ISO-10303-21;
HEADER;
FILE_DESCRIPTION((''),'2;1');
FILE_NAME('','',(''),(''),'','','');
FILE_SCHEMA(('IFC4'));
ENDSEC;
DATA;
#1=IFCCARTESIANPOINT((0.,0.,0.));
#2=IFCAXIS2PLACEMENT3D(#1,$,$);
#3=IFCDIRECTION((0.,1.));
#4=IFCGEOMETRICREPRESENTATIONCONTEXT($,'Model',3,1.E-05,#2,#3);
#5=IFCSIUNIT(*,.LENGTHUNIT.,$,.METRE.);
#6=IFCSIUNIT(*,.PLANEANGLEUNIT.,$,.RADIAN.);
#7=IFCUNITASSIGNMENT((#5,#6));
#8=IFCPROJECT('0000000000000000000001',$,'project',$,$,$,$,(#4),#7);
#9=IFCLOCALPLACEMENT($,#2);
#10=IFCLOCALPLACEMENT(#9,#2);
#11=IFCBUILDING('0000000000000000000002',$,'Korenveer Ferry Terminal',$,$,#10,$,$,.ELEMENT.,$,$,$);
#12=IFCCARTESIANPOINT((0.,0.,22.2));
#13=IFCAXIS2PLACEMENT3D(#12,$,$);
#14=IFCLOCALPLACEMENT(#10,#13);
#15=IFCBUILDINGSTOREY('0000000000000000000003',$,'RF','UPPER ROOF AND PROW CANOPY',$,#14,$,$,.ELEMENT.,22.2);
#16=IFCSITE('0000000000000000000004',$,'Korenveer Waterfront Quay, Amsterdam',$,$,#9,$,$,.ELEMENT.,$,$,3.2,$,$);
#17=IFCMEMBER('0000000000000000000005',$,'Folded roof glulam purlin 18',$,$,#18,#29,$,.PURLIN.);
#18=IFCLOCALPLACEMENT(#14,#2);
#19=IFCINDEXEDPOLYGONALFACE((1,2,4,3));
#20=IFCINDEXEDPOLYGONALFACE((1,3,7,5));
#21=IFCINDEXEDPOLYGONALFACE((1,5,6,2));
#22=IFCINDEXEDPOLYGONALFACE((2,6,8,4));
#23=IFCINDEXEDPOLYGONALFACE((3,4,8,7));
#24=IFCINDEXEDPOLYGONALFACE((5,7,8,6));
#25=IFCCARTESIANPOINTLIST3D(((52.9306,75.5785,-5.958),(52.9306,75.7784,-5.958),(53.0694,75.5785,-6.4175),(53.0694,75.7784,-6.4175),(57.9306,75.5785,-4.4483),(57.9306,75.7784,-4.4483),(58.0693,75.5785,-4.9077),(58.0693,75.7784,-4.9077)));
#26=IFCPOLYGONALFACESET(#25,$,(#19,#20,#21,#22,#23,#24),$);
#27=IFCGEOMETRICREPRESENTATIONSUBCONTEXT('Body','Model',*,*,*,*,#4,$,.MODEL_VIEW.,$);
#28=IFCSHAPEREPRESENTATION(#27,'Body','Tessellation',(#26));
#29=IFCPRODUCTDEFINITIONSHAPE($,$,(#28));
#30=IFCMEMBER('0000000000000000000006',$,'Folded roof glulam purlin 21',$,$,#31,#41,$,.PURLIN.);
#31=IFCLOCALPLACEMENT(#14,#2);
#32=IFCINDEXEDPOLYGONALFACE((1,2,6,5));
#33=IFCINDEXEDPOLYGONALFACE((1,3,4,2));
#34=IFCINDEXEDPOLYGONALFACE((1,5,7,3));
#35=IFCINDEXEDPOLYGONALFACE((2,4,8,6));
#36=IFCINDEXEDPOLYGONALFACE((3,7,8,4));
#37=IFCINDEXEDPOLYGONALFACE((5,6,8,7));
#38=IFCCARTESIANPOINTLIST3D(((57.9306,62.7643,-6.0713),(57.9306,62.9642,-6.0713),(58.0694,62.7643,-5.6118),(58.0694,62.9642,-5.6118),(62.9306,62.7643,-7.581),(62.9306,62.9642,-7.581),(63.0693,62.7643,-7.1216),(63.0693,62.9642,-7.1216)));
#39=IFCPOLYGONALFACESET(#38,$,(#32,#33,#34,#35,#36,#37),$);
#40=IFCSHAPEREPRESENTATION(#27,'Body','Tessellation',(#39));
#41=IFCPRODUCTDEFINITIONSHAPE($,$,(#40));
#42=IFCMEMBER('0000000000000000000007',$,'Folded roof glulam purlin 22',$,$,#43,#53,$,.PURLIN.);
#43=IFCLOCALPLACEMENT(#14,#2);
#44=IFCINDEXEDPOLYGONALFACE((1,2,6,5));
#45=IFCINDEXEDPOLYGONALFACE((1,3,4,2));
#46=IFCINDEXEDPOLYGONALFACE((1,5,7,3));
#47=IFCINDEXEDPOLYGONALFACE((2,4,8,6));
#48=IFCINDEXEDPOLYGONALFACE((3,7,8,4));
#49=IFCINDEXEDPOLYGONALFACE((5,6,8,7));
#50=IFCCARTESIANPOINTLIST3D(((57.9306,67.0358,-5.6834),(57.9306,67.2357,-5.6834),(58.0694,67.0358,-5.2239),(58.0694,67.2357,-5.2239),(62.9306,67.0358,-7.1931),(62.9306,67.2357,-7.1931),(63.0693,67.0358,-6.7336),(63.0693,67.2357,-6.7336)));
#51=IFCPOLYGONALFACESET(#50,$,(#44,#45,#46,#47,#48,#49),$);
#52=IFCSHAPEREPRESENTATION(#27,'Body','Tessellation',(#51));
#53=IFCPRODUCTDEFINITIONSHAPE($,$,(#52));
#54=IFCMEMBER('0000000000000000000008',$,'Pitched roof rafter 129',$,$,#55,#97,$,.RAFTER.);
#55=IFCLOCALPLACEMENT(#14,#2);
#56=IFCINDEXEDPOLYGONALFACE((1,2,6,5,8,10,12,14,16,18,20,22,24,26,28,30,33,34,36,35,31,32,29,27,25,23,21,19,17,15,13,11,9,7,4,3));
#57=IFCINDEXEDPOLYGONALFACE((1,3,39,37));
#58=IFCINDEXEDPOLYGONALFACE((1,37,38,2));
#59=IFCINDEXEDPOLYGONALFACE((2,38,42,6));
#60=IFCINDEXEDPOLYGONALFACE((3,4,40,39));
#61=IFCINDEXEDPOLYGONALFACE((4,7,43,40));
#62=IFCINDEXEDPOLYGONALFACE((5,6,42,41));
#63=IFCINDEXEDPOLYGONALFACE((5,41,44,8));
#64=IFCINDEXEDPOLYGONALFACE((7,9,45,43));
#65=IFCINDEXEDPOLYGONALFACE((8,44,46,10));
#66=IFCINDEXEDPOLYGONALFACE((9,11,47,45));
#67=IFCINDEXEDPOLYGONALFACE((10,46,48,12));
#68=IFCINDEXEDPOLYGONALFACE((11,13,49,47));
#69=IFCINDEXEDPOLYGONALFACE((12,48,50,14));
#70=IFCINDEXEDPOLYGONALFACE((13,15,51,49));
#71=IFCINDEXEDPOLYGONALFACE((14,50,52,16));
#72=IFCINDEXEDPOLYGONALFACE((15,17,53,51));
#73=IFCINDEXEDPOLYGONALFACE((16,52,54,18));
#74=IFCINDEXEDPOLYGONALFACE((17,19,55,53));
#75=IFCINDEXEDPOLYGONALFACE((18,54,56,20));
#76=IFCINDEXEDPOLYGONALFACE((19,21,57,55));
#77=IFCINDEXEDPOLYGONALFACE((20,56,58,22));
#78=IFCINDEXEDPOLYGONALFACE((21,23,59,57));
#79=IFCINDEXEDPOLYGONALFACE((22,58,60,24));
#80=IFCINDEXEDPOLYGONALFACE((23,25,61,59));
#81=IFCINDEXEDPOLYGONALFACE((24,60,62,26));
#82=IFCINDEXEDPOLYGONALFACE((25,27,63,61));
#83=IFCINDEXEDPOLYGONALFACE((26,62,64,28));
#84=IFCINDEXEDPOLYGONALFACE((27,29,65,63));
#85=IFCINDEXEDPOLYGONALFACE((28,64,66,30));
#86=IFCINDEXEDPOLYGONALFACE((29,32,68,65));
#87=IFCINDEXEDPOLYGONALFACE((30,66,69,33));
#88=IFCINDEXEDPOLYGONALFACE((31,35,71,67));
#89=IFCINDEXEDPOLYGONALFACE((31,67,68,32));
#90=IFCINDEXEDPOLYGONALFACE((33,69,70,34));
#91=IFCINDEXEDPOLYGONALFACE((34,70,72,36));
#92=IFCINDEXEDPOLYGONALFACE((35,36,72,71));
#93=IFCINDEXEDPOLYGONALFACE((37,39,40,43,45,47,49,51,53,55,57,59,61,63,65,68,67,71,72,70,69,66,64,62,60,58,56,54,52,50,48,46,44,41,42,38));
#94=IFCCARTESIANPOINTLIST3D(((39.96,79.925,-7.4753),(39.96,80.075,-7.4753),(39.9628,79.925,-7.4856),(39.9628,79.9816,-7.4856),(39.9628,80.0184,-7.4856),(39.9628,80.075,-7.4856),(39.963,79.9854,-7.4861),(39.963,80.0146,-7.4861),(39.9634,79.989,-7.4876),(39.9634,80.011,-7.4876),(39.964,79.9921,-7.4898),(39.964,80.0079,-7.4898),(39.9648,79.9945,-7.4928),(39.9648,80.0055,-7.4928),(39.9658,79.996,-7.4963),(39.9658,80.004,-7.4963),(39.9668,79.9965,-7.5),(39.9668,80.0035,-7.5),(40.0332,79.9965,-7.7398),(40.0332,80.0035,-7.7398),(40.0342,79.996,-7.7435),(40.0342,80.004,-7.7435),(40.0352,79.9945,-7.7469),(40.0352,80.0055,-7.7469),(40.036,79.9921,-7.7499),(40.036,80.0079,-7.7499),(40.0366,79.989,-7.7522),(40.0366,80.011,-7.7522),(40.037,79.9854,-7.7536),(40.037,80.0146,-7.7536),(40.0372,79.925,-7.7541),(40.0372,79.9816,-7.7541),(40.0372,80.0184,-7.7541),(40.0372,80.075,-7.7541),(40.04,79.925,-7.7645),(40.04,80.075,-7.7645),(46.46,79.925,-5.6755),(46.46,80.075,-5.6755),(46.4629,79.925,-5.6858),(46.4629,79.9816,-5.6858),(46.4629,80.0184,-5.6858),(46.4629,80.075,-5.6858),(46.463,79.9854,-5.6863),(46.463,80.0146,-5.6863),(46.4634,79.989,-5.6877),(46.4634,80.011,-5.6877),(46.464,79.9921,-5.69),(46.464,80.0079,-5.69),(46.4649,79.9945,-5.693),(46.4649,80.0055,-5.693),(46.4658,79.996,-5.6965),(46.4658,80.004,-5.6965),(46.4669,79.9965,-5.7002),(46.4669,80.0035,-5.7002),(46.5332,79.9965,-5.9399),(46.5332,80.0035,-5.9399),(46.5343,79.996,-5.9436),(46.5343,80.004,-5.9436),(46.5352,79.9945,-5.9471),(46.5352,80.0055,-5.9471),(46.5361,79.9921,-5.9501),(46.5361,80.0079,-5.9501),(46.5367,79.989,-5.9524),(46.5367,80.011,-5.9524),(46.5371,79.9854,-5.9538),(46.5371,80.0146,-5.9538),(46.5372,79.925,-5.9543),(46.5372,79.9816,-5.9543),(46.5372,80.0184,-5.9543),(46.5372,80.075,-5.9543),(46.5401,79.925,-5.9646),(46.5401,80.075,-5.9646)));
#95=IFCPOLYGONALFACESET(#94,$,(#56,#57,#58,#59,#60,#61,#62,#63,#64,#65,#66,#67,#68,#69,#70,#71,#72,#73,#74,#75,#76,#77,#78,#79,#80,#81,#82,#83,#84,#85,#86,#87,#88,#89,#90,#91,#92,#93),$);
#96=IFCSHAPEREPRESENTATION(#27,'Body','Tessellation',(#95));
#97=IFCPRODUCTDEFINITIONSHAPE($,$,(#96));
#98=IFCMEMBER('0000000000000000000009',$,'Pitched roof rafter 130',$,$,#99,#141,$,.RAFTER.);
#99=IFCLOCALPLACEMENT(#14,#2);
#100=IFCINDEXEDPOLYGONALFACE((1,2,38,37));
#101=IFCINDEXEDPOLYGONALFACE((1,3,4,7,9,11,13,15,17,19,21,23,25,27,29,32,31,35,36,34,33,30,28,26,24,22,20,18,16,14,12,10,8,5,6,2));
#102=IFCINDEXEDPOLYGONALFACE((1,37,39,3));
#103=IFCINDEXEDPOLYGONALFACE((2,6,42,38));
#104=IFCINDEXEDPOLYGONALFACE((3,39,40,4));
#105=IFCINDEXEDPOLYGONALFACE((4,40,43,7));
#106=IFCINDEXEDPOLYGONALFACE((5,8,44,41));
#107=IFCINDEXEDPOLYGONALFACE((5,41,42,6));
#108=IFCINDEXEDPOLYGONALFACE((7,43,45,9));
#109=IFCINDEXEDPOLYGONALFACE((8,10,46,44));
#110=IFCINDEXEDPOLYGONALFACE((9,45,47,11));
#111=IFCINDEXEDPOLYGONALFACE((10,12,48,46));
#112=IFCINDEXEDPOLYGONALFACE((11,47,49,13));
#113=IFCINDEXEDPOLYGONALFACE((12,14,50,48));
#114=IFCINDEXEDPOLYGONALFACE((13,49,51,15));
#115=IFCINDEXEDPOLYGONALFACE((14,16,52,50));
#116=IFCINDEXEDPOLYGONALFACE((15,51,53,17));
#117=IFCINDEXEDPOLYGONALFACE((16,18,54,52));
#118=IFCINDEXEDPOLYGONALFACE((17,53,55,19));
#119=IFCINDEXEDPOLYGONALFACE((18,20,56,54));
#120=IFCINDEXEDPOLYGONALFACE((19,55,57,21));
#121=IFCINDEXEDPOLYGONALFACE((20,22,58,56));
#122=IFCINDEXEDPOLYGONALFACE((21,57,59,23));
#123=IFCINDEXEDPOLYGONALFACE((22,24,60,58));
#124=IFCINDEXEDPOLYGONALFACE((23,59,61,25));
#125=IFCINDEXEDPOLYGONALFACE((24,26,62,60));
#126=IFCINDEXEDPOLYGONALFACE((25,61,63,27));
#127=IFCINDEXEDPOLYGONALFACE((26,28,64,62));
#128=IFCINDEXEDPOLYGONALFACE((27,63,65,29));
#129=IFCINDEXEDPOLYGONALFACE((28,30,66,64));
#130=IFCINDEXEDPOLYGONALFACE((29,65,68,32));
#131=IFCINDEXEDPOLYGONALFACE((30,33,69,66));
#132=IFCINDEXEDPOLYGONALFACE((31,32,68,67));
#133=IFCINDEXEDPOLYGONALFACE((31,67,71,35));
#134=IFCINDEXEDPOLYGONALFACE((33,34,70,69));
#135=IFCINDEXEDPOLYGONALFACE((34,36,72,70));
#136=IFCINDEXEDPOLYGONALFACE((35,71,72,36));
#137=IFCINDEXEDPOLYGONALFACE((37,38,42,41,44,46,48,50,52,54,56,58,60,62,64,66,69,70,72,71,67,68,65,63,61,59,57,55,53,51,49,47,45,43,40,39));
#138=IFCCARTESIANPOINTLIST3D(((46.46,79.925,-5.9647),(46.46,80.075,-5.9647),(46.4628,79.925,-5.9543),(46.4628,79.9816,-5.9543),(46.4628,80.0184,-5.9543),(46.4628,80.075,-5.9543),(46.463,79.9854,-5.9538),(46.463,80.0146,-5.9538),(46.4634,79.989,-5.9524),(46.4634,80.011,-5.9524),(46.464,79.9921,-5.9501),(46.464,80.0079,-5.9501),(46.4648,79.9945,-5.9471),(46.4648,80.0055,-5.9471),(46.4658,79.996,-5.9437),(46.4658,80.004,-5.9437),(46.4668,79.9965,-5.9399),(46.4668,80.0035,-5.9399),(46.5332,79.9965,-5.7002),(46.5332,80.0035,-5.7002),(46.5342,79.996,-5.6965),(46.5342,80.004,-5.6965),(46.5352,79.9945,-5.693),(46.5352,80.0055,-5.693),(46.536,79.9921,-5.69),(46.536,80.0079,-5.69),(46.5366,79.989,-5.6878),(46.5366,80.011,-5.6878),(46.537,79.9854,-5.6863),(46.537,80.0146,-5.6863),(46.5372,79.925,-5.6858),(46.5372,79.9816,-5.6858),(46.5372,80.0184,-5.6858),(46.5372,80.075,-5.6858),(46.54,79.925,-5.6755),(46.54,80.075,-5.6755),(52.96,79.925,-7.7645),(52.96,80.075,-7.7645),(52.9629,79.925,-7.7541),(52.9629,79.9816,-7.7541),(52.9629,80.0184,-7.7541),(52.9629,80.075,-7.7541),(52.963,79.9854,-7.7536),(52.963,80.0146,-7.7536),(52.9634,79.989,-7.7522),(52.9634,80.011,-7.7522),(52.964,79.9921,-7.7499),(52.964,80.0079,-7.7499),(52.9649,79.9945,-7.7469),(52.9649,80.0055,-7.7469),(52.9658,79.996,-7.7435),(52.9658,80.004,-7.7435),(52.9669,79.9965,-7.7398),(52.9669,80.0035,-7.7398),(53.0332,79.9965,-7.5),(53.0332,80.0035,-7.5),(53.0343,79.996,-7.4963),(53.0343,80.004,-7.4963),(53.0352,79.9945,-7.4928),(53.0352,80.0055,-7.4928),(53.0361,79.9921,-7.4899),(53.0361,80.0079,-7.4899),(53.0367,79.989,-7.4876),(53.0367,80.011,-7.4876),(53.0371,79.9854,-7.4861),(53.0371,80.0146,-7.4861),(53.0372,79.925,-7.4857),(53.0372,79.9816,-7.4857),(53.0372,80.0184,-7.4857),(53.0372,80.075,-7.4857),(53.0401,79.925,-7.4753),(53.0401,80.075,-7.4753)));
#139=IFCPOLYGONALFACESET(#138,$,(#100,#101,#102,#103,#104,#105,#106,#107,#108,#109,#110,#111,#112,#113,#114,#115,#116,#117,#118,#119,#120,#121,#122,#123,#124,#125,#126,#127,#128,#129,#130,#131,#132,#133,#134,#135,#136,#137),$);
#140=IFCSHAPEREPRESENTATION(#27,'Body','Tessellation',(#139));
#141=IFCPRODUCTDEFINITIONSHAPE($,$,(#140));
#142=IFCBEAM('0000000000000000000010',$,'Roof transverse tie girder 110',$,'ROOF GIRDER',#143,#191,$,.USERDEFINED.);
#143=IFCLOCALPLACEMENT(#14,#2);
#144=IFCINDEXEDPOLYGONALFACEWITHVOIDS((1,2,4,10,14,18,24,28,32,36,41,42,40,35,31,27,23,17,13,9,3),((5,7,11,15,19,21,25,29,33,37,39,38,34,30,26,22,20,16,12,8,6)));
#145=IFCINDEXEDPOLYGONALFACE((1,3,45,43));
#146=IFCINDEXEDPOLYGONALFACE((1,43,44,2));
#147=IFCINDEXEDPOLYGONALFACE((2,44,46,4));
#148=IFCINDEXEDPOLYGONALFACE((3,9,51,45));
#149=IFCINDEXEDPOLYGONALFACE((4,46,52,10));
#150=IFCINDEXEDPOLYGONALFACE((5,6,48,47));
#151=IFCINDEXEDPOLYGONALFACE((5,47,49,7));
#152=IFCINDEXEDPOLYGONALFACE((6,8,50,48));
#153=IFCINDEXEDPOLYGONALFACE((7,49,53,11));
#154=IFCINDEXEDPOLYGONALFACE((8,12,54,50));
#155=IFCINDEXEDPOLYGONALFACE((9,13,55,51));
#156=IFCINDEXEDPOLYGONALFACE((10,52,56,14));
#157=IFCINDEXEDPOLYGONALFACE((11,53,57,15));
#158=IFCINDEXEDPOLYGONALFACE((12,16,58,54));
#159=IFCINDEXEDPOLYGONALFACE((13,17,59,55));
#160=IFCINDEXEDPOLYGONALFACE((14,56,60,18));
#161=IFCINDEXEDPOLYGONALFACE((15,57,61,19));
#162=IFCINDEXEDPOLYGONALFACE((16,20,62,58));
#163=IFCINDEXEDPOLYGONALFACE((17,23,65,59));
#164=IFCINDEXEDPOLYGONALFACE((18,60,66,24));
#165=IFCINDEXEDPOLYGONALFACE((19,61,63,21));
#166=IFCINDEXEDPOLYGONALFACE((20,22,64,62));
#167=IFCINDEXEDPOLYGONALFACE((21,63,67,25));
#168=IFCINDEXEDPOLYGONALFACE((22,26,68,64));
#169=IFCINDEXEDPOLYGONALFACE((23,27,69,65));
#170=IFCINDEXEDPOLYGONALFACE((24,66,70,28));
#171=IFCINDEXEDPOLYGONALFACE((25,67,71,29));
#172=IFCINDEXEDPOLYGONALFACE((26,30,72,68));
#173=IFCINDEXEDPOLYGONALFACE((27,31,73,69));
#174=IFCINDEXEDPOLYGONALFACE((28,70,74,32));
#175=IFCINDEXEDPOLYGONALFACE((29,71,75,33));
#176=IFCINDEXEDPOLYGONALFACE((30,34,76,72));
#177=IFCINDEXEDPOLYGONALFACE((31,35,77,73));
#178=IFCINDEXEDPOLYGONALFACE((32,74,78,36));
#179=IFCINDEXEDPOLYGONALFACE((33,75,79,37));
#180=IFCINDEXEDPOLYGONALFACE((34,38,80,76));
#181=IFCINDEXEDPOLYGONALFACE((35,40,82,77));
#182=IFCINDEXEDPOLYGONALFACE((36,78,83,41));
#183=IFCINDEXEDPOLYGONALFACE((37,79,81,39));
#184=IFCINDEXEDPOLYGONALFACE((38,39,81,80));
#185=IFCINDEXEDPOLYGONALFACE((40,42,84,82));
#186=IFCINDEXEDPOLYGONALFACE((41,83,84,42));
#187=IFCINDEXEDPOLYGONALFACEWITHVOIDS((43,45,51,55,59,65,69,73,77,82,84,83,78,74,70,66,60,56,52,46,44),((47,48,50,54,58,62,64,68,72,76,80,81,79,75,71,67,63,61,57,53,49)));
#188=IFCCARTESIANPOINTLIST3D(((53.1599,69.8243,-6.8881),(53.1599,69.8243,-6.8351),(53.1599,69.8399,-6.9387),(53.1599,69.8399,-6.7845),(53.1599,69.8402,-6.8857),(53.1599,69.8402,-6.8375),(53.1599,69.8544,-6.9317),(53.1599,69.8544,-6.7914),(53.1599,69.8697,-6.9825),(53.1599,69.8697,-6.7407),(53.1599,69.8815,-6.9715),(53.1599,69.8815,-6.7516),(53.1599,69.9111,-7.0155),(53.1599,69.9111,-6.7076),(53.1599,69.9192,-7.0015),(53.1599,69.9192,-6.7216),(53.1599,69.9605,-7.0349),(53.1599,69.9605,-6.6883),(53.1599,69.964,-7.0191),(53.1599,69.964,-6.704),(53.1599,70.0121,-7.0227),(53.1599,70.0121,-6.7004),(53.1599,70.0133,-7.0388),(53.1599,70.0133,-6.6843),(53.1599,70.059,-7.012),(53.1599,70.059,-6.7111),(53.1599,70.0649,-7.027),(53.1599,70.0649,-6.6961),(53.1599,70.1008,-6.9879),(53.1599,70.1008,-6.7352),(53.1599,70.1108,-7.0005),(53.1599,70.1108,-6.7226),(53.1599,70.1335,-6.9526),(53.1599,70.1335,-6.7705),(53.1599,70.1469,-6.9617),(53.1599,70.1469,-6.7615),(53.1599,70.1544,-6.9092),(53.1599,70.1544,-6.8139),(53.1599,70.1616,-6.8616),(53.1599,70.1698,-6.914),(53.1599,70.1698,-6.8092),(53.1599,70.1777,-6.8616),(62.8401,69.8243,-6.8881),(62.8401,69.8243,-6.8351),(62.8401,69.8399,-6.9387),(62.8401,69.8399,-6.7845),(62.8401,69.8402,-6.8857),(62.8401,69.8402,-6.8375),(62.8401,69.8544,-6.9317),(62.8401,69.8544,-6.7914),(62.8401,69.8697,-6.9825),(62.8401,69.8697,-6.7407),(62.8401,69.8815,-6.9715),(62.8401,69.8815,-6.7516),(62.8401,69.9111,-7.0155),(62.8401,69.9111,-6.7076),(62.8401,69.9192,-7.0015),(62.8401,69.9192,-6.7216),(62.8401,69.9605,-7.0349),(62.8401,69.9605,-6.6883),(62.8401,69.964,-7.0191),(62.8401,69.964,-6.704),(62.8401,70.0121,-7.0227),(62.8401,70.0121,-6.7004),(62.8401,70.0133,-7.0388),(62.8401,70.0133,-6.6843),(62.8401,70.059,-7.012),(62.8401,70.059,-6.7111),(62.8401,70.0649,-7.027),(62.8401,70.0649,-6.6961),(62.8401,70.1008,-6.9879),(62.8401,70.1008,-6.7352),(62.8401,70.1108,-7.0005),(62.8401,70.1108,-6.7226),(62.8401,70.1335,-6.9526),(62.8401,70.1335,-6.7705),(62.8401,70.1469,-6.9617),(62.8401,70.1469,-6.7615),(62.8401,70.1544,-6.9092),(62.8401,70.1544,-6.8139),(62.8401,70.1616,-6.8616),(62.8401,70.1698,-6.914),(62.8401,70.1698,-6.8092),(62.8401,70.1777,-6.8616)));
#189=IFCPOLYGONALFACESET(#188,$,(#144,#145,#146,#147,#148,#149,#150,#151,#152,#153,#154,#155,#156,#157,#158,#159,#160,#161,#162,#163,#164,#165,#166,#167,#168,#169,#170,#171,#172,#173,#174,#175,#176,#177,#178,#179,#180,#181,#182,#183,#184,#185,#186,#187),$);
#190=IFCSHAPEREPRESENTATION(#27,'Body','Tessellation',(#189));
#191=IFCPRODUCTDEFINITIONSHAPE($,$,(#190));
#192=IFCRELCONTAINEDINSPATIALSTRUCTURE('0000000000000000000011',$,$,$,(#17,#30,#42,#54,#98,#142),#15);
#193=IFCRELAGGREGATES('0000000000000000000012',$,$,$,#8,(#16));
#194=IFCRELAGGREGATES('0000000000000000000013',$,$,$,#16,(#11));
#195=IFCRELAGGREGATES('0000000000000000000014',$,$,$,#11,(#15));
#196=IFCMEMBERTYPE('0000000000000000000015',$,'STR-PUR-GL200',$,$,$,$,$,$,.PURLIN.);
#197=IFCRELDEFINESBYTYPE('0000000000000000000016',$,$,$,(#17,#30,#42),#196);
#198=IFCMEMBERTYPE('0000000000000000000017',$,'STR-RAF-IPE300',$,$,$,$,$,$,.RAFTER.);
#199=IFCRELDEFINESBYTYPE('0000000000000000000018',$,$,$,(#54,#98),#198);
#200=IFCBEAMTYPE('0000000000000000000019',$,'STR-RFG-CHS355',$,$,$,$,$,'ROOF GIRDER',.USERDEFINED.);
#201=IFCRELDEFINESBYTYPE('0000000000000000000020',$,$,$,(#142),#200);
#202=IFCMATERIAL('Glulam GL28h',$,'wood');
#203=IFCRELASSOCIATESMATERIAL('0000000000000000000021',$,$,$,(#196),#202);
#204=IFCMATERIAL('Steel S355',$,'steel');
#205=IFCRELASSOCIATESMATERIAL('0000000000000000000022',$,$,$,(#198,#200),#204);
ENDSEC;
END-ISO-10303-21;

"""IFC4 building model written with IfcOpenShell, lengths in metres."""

from ifc_helpers import new_model, si_unit, direction, frame, origin, origin_2d, place, context, subcontext, project, spatial, rectangle, hollow_circle, i_section, extrude, material, material_profile, profile_set, type_object, element, save


model = new_model("IFC4")

# Units and contexts
model_context = context("Model", 3, precision=1e-05, world=origin(), true_north=direction((0.0, 1.0)))
body_context = subcontext(model_context, "Body", "Model", "MODEL_VIEW")
ifc_project = project(units=[si_unit("LENGTHUNIT", "METRE"), si_unit("PLANEANGLEUNIT", "RADIAN")], contexts=[model_context])

# Site, building, storey
site_placement = place(None, origin())
site = spatial("IfcSite", under=ifc_project, at=site_placement, Name="Korenveer Waterfront Quay, Amsterdam", CompositionType="ELEMENT", RefElevation=3.2)
building_placement = place(site_placement, origin())
building = spatial("IfcBuilding", under=site, at=building_placement, Name="Korenveer Ferry Terminal", CompositionType="ELEMENT")
storey_placement = place(building_placement, frame((0.0, 0.0, 22.2)))
storey = spatial("IfcBuildingStorey", under=building, at=storey_placement, Name="RF", Description="UPPER ROOF AND PROW CANOPY", CompositionType="ELEMENT", Elevation=22.2)

# Shared definitions
ifc_material_1 = material(Name="Steel S355", Category="steel")

# Members
ifc_material_2 = material(Name="Glulam GL28h", Category="wood")
ifc_material_profile_1 = material_profile(ifc_material_2, rectangle(XDim=0.2, YDim=0.48, at=origin_2d()), Name="GL 200x480")
ifc_profile_set_1 = profile_set([ifc_material_profile_1], Name="Glulam GL28h")
member_type_1 = type_object("IfcMemberType", Name="STR-PUR-GL200", PredefinedType="PURLIN", material=ifc_profile_set_1)
for number, where, z_axis, x_axis, name in (
    (1, (53.0, 75.6785, -6.1877), (0.95731, 0.0, 0.289063), (0.0, 1.0, 0.0), "Folded roof glulam purlin 18"),
    (2, (58.0, 62.8643, -5.8416), (0.95731, 0.0, -0.289063), (0.0, 1.0, 0.0), "Folded roof glulam purlin 21"),
    (3, (58.0, 67.1357, -5.4536), (0.95731, 0.0, -0.289063), (0.0, 1.0, 0.0), "Folded roof glulam purlin 22"),
):
    element("IfcMember", number, at=place(storey_placement, frame(where, z_axis=z_axis, x_axis=x_axis)), inside=storey, type_object=member_type_1, Name=name, PredefinedType="PURLIN", context=body_context, shape_type="SweptSolid", body=[
        extrude(rectangle(XDim=0.2, YDim=0.48, at=origin_2d()), origin(), (0.0, 0.0, 1.0), 5.2229),
    ])
ifc_material_profile_2 = material_profile(ifc_material_1, i_section(OverallWidth=0.1499, OverallDepth=0.3, WebThickness=0.0071, FlangeThickness=0.0107, FilletRadius=0.0149, at=origin_2d()), Name="IPE 300")
ifc_profile_set_2 = profile_set([ifc_material_profile_2], Name="Steel S355")
member_type_2 = type_object("IfcMemberType", Name="STR-RAF-IPE300", PredefinedType="RAFTER", material=ifc_profile_set_2)
for number, where, z_axis, x_axis, name in (
    (4, (40.0, 80.0, -7.6199), (0.963737, 0.0, 0.266852), (0.0, 1.0, 0.0), "Pitched roof rafter 129"),
    (5, (46.5, 80.0, -5.8201), (0.963737, 0.0, -0.266852), (0.0, 1.0, 0.0), "Pitched roof rafter 130"),
):
    element("IfcMember", number, at=place(storey_placement, frame(where, z_axis=z_axis, x_axis=x_axis)), inside=storey, type_object=member_type_2, Name=name, PredefinedType="RAFTER", context=body_context, shape_type="SweptSolid", body=[
        extrude(i_section(OverallWidth=0.1499, OverallDepth=0.3, WebThickness=0.0071, FlangeThickness=0.0107, FilletRadius=0.0149, at=origin_2d()), origin(), (0.0, 0.0, 1.0), 6.7446),
    ])

# Beam
ifc_material_profile_3 = material_profile(ifc_material_1, hollow_circle(Radius=0.1777, WallThickness=0.0161, at=origin_2d()), Name="CHS 355.6x16")
ifc_profile_set_3 = profile_set([ifc_material_profile_3], Name="Steel S355")
beam_type_1 = type_object("IfcBeamType", Name="STR-RFG-CHS355", ElementType="ROOF GIRDER", PredefinedType="USERDEFINED", material=ifc_profile_set_3)
beam_1_placement = place(storey_placement, frame((53.1599, 70.0, -6.8616), z_axis=(1.0, 0.0, 0.0), x_axis=(0.0, 1.0, 0.0)))
element("IfcBeam", 6, at=beam_1_placement, inside=storey, type_object=beam_type_1, Name="Roof transverse tie girder 110", ObjectType="ROOF GIRDER", PredefinedType="USERDEFINED", context=body_context, shape_type="SweptSolid", body=[
    extrude(hollow_circle(Radius=0.1777, WallThickness=0.0161, at=origin_2d()), origin(), (0.0, 0.0, 1.0), 9.6802),
])

save(model, "model.ifc")
